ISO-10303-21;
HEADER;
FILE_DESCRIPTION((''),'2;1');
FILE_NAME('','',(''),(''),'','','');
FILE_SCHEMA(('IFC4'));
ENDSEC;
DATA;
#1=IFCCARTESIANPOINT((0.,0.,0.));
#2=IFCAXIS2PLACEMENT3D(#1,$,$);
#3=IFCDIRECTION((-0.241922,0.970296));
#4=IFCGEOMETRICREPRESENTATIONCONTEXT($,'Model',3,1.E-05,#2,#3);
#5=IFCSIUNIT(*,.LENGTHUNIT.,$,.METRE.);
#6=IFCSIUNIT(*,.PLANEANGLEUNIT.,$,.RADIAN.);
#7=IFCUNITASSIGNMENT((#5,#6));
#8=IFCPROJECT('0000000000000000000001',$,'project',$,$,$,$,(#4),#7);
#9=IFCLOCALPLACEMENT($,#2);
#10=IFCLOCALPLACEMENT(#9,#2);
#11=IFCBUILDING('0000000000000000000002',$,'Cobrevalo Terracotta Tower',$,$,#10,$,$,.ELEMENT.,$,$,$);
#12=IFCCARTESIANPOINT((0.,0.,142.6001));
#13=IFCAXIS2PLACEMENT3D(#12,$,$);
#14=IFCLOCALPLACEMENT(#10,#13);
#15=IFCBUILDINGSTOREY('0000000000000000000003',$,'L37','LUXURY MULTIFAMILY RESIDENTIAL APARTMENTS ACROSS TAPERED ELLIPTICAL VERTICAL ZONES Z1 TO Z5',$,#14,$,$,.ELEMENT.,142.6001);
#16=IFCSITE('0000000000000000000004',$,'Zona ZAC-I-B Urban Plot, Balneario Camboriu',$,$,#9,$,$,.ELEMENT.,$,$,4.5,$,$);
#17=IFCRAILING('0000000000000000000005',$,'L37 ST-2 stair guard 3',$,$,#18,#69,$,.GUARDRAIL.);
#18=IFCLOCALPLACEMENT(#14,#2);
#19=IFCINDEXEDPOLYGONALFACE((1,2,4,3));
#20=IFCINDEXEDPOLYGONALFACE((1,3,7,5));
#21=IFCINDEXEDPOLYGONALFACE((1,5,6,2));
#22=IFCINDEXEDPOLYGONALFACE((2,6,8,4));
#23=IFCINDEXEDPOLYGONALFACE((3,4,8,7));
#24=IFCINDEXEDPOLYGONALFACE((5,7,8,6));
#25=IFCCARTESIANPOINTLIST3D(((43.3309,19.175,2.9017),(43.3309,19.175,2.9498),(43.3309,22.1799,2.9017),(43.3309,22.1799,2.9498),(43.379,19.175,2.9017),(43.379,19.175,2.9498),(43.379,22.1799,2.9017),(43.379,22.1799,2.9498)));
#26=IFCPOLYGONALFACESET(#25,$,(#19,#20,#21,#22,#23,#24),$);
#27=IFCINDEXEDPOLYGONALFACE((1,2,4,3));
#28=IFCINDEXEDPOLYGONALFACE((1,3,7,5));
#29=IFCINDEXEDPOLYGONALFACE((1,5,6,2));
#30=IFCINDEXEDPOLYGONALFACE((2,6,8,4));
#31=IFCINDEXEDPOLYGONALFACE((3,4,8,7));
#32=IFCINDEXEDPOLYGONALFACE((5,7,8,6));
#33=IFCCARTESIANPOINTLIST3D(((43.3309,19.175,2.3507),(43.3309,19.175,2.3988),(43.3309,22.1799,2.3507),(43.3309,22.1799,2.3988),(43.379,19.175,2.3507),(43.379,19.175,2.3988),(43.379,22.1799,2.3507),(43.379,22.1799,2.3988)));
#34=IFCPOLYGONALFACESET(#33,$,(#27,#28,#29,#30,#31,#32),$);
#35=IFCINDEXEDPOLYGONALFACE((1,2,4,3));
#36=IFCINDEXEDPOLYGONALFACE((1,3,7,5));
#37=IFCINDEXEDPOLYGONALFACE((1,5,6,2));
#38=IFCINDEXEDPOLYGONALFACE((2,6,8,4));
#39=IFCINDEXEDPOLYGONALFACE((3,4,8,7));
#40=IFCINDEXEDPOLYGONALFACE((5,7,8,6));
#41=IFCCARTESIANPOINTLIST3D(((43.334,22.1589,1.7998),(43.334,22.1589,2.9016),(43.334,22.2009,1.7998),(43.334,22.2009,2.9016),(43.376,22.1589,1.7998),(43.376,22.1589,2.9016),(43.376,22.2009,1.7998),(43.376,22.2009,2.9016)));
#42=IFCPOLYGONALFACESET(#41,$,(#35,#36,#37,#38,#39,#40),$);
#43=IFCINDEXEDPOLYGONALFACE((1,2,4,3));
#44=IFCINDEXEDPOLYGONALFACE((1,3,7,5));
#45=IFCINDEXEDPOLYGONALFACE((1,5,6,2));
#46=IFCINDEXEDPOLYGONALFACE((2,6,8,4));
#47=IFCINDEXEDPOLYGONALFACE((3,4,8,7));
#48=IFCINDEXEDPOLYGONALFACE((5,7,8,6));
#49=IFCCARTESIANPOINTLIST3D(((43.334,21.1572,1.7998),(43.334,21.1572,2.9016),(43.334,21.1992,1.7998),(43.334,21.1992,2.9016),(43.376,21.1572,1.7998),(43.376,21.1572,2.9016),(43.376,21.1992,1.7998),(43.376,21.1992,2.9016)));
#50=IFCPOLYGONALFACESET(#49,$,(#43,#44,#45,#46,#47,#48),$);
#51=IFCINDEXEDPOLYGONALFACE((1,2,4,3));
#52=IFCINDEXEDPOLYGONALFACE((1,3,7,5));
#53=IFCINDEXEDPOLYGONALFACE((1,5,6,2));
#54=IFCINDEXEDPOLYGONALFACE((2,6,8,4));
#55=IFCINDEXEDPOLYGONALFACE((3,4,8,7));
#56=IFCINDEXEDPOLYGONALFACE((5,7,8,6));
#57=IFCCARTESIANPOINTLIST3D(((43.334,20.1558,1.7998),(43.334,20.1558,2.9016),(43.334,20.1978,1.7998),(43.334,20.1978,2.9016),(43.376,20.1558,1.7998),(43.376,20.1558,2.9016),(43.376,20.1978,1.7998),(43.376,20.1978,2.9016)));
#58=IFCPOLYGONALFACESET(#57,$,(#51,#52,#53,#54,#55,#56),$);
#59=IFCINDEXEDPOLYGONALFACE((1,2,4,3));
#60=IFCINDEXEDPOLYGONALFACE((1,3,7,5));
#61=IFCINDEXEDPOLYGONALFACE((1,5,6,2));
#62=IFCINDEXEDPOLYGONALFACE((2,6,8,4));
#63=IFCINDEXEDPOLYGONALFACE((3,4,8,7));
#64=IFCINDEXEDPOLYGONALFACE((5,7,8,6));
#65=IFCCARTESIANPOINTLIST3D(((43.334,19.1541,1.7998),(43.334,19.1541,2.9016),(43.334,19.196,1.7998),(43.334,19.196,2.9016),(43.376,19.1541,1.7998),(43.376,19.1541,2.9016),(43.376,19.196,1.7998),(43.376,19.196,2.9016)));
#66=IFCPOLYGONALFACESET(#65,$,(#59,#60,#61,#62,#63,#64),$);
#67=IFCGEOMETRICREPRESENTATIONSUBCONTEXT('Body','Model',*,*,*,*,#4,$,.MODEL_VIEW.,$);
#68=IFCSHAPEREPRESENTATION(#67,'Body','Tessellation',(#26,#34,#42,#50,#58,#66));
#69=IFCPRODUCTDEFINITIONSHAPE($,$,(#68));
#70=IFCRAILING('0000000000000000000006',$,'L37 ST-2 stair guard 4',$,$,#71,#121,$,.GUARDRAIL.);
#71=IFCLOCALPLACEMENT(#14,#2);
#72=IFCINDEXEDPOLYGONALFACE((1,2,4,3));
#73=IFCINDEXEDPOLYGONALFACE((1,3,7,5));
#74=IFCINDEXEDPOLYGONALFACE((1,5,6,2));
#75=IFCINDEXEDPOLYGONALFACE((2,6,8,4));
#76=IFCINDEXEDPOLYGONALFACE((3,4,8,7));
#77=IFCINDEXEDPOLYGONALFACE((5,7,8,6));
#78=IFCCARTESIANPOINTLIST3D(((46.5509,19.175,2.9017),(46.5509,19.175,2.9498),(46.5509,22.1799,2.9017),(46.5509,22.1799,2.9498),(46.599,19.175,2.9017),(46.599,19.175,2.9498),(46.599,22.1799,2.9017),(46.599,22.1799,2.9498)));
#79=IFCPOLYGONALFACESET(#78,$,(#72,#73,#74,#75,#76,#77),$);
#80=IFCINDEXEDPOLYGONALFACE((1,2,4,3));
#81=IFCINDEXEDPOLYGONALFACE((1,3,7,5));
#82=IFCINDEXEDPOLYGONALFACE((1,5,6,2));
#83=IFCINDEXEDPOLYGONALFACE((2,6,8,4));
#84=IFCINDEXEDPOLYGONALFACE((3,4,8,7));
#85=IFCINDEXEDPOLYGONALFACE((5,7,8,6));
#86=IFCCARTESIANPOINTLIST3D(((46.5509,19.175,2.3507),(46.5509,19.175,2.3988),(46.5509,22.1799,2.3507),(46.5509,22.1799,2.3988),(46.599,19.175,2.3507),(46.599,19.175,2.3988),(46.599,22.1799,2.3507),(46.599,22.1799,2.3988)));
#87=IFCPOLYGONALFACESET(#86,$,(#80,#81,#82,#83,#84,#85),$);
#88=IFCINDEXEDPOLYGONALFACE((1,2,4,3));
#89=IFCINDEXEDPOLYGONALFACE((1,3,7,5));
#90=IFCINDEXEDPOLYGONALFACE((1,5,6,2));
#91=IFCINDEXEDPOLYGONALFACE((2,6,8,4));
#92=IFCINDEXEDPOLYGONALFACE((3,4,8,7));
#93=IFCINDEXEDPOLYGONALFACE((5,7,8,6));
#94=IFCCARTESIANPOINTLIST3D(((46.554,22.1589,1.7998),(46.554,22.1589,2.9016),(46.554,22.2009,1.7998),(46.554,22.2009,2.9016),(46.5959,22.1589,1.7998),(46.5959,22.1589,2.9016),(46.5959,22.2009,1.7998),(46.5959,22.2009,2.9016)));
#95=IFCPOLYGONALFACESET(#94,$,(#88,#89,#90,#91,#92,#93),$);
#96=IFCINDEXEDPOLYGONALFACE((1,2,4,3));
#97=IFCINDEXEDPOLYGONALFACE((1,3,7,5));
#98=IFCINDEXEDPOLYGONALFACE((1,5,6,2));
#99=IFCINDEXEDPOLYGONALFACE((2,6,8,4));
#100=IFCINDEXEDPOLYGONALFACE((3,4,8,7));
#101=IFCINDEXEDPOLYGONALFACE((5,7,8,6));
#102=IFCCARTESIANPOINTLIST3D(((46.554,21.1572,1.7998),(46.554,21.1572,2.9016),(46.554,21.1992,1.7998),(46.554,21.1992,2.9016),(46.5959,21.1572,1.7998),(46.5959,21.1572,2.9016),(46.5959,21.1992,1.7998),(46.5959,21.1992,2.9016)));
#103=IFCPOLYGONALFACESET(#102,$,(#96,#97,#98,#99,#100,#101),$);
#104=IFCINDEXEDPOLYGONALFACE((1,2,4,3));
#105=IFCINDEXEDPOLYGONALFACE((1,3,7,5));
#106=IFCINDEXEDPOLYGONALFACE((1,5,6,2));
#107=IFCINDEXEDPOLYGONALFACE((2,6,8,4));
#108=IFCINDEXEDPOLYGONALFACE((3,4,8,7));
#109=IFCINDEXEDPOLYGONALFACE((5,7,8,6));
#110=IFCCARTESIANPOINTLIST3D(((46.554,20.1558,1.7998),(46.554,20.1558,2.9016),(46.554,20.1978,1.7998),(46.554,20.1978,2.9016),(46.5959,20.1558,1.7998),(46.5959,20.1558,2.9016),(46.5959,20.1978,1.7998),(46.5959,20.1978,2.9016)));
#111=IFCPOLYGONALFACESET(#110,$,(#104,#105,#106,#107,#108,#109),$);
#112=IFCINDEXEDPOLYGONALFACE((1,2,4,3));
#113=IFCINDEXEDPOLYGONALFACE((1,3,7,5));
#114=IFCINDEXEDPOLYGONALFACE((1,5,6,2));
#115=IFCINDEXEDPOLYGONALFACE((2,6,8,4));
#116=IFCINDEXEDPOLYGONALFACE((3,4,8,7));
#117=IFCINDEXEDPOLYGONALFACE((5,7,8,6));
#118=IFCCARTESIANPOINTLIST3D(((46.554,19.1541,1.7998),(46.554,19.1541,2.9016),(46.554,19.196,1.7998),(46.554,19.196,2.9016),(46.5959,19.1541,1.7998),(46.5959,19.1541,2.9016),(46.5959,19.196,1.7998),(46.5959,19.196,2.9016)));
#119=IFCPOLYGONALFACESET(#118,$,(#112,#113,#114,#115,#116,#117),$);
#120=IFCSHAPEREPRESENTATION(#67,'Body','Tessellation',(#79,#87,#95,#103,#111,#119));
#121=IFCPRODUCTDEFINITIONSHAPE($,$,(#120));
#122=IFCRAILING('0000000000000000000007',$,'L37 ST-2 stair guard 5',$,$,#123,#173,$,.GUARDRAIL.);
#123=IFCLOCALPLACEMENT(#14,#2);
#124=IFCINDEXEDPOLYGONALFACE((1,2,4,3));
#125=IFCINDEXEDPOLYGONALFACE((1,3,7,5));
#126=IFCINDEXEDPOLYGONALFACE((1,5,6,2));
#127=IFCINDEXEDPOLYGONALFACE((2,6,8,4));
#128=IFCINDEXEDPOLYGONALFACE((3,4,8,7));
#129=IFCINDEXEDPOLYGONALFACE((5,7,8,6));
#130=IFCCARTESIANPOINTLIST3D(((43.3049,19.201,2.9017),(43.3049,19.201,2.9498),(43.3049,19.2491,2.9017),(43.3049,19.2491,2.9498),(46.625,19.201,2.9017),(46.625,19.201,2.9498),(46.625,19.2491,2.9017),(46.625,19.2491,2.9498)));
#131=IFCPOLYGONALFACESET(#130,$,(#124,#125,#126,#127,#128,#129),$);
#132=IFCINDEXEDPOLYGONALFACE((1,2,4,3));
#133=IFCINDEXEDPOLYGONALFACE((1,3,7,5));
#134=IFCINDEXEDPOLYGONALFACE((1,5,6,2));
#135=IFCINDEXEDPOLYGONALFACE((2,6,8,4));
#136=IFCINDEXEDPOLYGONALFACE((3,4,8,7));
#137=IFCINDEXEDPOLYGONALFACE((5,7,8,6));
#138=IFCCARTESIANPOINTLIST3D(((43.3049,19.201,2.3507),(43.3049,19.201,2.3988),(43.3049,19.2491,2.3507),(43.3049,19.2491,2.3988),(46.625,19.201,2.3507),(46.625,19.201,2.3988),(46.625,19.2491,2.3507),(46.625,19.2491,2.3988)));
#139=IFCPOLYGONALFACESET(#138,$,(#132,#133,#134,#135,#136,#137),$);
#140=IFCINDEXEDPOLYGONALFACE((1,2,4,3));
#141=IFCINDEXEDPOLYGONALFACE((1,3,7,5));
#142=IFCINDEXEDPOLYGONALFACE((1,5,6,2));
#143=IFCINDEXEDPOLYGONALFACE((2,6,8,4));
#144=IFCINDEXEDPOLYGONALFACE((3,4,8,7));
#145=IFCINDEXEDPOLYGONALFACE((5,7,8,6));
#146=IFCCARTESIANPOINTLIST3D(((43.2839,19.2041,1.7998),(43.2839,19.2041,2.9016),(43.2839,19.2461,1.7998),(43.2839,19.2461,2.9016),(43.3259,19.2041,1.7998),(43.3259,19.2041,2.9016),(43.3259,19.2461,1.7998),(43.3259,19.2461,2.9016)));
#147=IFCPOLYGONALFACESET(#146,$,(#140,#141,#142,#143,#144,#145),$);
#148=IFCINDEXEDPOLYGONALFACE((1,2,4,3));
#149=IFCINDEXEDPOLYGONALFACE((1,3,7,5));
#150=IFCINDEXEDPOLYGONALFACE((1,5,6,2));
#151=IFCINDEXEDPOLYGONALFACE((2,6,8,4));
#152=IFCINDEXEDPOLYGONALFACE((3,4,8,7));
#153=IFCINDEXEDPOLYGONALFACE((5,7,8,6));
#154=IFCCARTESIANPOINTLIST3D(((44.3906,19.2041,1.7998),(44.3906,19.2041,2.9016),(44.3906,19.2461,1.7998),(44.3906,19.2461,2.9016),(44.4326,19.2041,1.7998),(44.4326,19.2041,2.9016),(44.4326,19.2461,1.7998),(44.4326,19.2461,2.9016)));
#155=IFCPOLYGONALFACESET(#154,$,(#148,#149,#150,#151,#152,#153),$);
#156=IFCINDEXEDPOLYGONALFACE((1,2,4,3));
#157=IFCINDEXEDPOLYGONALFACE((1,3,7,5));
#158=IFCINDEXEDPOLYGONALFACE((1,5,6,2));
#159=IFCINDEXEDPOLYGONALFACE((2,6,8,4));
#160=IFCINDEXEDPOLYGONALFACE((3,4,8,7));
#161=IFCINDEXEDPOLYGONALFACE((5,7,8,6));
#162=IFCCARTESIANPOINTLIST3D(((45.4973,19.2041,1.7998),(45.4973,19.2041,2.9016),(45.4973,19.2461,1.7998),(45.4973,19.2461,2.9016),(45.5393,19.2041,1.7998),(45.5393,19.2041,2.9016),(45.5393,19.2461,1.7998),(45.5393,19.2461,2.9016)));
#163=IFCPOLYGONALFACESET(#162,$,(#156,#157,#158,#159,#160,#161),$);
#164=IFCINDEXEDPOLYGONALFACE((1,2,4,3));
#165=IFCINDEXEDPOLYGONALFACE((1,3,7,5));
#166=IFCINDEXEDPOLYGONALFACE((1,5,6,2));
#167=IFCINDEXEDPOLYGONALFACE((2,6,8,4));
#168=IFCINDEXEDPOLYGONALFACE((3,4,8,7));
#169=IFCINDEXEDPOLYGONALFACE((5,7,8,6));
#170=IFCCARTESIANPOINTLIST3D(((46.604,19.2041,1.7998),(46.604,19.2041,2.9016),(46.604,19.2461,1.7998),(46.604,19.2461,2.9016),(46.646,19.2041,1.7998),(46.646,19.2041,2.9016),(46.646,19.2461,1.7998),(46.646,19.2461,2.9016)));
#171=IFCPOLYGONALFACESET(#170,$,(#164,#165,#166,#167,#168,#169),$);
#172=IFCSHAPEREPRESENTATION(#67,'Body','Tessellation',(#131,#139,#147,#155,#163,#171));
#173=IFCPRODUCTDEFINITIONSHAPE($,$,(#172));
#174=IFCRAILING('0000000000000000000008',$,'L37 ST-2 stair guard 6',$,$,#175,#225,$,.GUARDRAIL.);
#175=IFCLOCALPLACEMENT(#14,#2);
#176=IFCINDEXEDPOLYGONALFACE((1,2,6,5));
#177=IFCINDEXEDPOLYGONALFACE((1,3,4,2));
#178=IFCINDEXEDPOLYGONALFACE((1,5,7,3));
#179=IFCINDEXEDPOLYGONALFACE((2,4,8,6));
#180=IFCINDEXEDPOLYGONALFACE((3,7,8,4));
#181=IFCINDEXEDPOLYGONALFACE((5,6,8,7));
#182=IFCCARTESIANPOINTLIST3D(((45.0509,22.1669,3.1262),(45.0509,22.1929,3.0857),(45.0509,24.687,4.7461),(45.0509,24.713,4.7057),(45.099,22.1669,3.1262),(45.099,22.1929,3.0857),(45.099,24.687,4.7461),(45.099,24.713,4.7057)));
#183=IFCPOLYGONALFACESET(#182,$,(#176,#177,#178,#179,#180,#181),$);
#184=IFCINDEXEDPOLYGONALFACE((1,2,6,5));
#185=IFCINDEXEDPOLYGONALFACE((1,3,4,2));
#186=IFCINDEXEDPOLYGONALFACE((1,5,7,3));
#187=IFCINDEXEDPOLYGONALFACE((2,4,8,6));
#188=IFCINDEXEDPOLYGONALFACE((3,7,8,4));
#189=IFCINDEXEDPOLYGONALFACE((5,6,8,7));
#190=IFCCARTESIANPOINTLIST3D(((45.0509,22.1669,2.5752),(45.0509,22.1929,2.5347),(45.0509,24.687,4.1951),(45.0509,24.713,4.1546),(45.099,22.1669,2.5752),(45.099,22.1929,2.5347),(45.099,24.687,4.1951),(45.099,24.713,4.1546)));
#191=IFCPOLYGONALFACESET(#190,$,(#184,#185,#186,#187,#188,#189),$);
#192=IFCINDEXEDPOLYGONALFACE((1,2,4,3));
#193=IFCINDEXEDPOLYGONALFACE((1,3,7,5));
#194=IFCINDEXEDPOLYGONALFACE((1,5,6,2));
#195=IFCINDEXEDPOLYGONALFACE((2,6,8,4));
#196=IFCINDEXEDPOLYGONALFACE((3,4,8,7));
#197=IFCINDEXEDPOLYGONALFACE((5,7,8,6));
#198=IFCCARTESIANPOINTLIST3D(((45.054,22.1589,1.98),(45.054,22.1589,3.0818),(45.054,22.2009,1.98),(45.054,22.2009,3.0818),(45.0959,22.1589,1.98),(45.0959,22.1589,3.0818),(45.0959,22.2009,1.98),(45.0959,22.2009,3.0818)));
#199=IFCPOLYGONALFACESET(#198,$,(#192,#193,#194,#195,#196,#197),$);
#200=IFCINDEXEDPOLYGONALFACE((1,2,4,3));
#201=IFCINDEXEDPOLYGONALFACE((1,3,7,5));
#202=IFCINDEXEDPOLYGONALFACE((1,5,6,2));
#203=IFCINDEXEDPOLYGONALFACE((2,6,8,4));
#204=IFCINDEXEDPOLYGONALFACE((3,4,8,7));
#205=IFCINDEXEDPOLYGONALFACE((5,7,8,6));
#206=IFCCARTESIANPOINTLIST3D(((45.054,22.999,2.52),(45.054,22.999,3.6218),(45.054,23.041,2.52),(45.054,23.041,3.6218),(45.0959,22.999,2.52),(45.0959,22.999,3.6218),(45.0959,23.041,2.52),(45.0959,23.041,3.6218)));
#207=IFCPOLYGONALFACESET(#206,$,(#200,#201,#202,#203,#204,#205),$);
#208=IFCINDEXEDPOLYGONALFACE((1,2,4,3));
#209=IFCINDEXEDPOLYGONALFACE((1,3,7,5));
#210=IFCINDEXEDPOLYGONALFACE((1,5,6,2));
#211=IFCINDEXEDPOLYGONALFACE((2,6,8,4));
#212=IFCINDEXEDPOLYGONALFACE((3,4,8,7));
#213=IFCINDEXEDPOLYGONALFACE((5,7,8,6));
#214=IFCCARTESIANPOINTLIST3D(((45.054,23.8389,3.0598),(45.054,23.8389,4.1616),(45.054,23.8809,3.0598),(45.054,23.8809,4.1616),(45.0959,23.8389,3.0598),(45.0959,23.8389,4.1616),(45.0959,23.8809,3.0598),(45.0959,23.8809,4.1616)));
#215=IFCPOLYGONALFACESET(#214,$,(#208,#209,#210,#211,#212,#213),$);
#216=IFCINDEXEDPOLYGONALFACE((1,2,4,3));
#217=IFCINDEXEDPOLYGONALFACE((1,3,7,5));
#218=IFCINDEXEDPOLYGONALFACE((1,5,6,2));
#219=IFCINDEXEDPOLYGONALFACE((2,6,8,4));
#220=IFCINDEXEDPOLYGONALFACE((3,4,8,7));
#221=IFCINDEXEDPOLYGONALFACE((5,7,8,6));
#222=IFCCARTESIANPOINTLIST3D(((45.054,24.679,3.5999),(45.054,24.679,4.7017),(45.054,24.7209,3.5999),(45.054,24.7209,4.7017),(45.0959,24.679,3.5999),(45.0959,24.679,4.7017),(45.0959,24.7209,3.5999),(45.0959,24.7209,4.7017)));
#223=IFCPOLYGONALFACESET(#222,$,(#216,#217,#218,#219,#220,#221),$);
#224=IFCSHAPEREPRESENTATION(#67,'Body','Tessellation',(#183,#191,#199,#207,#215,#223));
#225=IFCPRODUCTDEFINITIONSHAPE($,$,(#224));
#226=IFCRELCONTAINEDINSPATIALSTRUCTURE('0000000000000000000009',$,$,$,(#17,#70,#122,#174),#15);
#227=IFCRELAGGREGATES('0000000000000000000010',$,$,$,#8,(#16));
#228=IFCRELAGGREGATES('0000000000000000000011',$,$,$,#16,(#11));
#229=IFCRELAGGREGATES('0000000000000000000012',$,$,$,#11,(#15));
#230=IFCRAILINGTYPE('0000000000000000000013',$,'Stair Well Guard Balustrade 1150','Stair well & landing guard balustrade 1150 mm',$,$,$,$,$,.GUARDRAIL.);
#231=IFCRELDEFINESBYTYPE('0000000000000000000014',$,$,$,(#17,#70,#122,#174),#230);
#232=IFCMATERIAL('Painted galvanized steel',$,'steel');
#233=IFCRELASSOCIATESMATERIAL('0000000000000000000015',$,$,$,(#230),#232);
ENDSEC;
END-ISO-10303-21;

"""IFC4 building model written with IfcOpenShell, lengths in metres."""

from ifc_helpers import new_model, si_unit, direction, frame, origin, origin_2d, place, context, subcontext, project, spatial, rectangle, extrude, material, type_object, element, save


model = new_model("IFC4")

# Units and contexts
model_context = context("Model", 3, precision=1e-05, world=origin(), true_north=direction((-0.241922, 0.970296)))
body_context = subcontext(model_context, "Body", "Model", "MODEL_VIEW")
ifc_project = project(units=[si_unit("LENGTHUNIT", "METRE"), si_unit("PLANEANGLEUNIT", "RADIAN")], contexts=[model_context])

# Site, building, storey
site_placement = place(None, origin())
site = spatial("IfcSite", under=ifc_project, at=site_placement, Name="Zona ZAC-I-B Urban Plot, Balneario Camboriu", CompositionType="ELEMENT", RefElevation=4.5)
building_placement = place(site_placement, origin())
building = spatial("IfcBuilding", under=site, at=building_placement, Name="Cobrevalo Terracotta Tower", CompositionType="ELEMENT")
storey_placement = place(building_placement, frame((0.0, 0.0, 142.6001)))
storey = spatial("IfcBuildingStorey", under=building, at=storey_placement, Name="L37", Description="LUXURY MULTIFAMILY RESIDENTIAL APARTMENTS ACROSS TAPERED ELLIPTICAL VERTICAL ZONES Z1 TO Z5", CompositionType="ELEMENT", Elevation=142.6001)

# Railings
ifc_material_1 = material(Name="Painted galvanized steel", Category="steel")
railing_type_1 = type_object("IfcRailingType", Name="Stair Well Guard Balustrade 1150", Description="Stair well & landing guard balustrade 1150 mm", PredefinedType="GUARDRAIL", material=ifc_material_1)
for number, where, name in (
    (1, (43.355, 22.1799, 1.7998), "L37 ST-2 stair guard 3"),
    (2, (46.575, 22.1799, 1.7998), "L37 ST-2 stair guard 4"),
):
    element("IfcRailing", number, at=place(storey_placement, frame(where)), inside=storey, type_object=railing_type_1, Name=name, PredefinedType="GUARDRAIL", context=body_context, shape_type="SweptSolid", body=[
        extrude(rectangle(XDim=0.0481, YDim=0.0481, at=origin_2d()), frame((0.0, 0.0, 1.126), z_axis=(0.0, -1.0, 0.0), x_axis=(1.0, 0.0, 0.0)), (0.0, 0.0, 1.0), 3.0049),
        extrude(rectangle(XDim=0.0481, YDim=0.0481, at=origin_2d()), frame((0.0, 0.0, 0.575), z_axis=(0.0, -1.0, 0.0), x_axis=(1.0, 0.0, 0.0)), (0.0, 0.0, 1.0), 3.0049),
        extrude(rectangle(XDim=0.042, YDim=0.042, at=origin_2d()), origin(), (0.0, 0.0, 1.0), 1.1018),
        extrude(rectangle(XDim=0.042, YDim=0.042, at=origin_2d()), frame((0.0, -1.0017, 0.0)), (0.0, 0.0, 1.0), 1.1018),
        extrude(rectangle(XDim=0.042, YDim=0.042, at=origin_2d()), frame((0.0, -2.0032, 0.0)), (0.0, 0.0, 1.0), 1.1018),
        extrude(rectangle(XDim=0.042, YDim=0.042, at=origin_2d()), frame((0.0, -3.0049, 0.0)), (0.0, 0.0, 1.0), 1.1018),
    ])
railing_1_placement = place(storey_placement, frame((43.3049, 19.2251, 1.7998)))
element("IfcRailing", 3, at=railing_1_placement, inside=storey, type_object=railing_type_1, Name="L37 ST-2 stair guard 5", PredefinedType="GUARDRAIL", context=body_context, shape_type="SweptSolid", body=[
    extrude(rectangle(XDim=0.0481, YDim=0.0481, at=origin_2d()), frame((0.0, 0.0, 1.126), z_axis=(1.0, 0.0, 0.0), x_axis=(0.0, 1.0, 0.0)), (0.0, 0.0, 1.0), 3.3201),
    extrude(rectangle(XDim=0.0481, YDim=0.0481, at=origin_2d()), frame((0.0, 0.0, 0.575), z_axis=(1.0, 0.0, 0.0), x_axis=(0.0, 1.0, 0.0)), (0.0, 0.0, 1.0), 3.3201),
    extrude(rectangle(XDim=0.042, YDim=0.042, at=origin_2d()), origin(), (0.0, 0.0, 1.0), 1.1018),
    extrude(rectangle(XDim=0.042, YDim=0.042, at=origin_2d()), frame((1.1067, 0.0, 0.0)), (0.0, 0.0, 1.0), 1.1018),
    extrude(rectangle(XDim=0.042, YDim=0.042, at=origin_2d()), frame((2.2134, 0.0, 0.0)), (0.0, 0.0, 1.0), 1.1018),
    extrude(rectangle(XDim=0.042, YDim=0.042, at=origin_2d()), frame((3.3201, 0.0, 0.0)), (0.0, 0.0, 1.0), 1.1018),
])
railing_2_placement = place(storey_placement, frame((45.075, 22.1799, 1.98)))
element("IfcRailing", 4, at=railing_2_placement, inside=storey, type_object=railing_type_1, Name="L37 ST-2 stair guard 6", PredefinedType="GUARDRAIL", context=body_context, shape_type="SweptSolid", body=[
    extrude(rectangle(XDim=0.0481, YDim=0.0481, at=origin_2d()), frame((0.0, 0.0, 1.126), z_axis=(0.0, 0.8412, 0.540725), x_axis=(-1.0, 0.0, 0.0)), (0.0, 0.0, 1.0), 2.9958),
    extrude(rectangle(XDim=0.0481, YDim=0.0481, at=origin_2d()), frame((0.0, 0.0, 0.575), z_axis=(0.0, 0.8412, 0.540725), x_axis=(-1.0, 0.0, 0.0)), (0.0, 0.0, 1.0), 2.9958),
    extrude(rectangle(XDim=0.042, YDim=0.042, at=origin_2d()), origin(), (0.0, 0.0, 1.0), 1.1018),
    extrude(rectangle(XDim=0.042, YDim=0.042, at=origin_2d()), frame((0.0, 0.8401, 0.54)), (0.0, 0.0, 1.0), 1.1018),
    extrude(rectangle(XDim=0.042, YDim=0.042, at=origin_2d()), frame((0.0, 1.6799, 1.0798)), (0.0, 0.0, 1.0), 1.1018),
    extrude(rectangle(XDim=0.042, YDim=0.042, at=origin_2d()), frame((0.0, 2.52, 1.6199)), (0.0, 0.0, 1.0), 1.1018),
])

save(model, "model.ifc")
